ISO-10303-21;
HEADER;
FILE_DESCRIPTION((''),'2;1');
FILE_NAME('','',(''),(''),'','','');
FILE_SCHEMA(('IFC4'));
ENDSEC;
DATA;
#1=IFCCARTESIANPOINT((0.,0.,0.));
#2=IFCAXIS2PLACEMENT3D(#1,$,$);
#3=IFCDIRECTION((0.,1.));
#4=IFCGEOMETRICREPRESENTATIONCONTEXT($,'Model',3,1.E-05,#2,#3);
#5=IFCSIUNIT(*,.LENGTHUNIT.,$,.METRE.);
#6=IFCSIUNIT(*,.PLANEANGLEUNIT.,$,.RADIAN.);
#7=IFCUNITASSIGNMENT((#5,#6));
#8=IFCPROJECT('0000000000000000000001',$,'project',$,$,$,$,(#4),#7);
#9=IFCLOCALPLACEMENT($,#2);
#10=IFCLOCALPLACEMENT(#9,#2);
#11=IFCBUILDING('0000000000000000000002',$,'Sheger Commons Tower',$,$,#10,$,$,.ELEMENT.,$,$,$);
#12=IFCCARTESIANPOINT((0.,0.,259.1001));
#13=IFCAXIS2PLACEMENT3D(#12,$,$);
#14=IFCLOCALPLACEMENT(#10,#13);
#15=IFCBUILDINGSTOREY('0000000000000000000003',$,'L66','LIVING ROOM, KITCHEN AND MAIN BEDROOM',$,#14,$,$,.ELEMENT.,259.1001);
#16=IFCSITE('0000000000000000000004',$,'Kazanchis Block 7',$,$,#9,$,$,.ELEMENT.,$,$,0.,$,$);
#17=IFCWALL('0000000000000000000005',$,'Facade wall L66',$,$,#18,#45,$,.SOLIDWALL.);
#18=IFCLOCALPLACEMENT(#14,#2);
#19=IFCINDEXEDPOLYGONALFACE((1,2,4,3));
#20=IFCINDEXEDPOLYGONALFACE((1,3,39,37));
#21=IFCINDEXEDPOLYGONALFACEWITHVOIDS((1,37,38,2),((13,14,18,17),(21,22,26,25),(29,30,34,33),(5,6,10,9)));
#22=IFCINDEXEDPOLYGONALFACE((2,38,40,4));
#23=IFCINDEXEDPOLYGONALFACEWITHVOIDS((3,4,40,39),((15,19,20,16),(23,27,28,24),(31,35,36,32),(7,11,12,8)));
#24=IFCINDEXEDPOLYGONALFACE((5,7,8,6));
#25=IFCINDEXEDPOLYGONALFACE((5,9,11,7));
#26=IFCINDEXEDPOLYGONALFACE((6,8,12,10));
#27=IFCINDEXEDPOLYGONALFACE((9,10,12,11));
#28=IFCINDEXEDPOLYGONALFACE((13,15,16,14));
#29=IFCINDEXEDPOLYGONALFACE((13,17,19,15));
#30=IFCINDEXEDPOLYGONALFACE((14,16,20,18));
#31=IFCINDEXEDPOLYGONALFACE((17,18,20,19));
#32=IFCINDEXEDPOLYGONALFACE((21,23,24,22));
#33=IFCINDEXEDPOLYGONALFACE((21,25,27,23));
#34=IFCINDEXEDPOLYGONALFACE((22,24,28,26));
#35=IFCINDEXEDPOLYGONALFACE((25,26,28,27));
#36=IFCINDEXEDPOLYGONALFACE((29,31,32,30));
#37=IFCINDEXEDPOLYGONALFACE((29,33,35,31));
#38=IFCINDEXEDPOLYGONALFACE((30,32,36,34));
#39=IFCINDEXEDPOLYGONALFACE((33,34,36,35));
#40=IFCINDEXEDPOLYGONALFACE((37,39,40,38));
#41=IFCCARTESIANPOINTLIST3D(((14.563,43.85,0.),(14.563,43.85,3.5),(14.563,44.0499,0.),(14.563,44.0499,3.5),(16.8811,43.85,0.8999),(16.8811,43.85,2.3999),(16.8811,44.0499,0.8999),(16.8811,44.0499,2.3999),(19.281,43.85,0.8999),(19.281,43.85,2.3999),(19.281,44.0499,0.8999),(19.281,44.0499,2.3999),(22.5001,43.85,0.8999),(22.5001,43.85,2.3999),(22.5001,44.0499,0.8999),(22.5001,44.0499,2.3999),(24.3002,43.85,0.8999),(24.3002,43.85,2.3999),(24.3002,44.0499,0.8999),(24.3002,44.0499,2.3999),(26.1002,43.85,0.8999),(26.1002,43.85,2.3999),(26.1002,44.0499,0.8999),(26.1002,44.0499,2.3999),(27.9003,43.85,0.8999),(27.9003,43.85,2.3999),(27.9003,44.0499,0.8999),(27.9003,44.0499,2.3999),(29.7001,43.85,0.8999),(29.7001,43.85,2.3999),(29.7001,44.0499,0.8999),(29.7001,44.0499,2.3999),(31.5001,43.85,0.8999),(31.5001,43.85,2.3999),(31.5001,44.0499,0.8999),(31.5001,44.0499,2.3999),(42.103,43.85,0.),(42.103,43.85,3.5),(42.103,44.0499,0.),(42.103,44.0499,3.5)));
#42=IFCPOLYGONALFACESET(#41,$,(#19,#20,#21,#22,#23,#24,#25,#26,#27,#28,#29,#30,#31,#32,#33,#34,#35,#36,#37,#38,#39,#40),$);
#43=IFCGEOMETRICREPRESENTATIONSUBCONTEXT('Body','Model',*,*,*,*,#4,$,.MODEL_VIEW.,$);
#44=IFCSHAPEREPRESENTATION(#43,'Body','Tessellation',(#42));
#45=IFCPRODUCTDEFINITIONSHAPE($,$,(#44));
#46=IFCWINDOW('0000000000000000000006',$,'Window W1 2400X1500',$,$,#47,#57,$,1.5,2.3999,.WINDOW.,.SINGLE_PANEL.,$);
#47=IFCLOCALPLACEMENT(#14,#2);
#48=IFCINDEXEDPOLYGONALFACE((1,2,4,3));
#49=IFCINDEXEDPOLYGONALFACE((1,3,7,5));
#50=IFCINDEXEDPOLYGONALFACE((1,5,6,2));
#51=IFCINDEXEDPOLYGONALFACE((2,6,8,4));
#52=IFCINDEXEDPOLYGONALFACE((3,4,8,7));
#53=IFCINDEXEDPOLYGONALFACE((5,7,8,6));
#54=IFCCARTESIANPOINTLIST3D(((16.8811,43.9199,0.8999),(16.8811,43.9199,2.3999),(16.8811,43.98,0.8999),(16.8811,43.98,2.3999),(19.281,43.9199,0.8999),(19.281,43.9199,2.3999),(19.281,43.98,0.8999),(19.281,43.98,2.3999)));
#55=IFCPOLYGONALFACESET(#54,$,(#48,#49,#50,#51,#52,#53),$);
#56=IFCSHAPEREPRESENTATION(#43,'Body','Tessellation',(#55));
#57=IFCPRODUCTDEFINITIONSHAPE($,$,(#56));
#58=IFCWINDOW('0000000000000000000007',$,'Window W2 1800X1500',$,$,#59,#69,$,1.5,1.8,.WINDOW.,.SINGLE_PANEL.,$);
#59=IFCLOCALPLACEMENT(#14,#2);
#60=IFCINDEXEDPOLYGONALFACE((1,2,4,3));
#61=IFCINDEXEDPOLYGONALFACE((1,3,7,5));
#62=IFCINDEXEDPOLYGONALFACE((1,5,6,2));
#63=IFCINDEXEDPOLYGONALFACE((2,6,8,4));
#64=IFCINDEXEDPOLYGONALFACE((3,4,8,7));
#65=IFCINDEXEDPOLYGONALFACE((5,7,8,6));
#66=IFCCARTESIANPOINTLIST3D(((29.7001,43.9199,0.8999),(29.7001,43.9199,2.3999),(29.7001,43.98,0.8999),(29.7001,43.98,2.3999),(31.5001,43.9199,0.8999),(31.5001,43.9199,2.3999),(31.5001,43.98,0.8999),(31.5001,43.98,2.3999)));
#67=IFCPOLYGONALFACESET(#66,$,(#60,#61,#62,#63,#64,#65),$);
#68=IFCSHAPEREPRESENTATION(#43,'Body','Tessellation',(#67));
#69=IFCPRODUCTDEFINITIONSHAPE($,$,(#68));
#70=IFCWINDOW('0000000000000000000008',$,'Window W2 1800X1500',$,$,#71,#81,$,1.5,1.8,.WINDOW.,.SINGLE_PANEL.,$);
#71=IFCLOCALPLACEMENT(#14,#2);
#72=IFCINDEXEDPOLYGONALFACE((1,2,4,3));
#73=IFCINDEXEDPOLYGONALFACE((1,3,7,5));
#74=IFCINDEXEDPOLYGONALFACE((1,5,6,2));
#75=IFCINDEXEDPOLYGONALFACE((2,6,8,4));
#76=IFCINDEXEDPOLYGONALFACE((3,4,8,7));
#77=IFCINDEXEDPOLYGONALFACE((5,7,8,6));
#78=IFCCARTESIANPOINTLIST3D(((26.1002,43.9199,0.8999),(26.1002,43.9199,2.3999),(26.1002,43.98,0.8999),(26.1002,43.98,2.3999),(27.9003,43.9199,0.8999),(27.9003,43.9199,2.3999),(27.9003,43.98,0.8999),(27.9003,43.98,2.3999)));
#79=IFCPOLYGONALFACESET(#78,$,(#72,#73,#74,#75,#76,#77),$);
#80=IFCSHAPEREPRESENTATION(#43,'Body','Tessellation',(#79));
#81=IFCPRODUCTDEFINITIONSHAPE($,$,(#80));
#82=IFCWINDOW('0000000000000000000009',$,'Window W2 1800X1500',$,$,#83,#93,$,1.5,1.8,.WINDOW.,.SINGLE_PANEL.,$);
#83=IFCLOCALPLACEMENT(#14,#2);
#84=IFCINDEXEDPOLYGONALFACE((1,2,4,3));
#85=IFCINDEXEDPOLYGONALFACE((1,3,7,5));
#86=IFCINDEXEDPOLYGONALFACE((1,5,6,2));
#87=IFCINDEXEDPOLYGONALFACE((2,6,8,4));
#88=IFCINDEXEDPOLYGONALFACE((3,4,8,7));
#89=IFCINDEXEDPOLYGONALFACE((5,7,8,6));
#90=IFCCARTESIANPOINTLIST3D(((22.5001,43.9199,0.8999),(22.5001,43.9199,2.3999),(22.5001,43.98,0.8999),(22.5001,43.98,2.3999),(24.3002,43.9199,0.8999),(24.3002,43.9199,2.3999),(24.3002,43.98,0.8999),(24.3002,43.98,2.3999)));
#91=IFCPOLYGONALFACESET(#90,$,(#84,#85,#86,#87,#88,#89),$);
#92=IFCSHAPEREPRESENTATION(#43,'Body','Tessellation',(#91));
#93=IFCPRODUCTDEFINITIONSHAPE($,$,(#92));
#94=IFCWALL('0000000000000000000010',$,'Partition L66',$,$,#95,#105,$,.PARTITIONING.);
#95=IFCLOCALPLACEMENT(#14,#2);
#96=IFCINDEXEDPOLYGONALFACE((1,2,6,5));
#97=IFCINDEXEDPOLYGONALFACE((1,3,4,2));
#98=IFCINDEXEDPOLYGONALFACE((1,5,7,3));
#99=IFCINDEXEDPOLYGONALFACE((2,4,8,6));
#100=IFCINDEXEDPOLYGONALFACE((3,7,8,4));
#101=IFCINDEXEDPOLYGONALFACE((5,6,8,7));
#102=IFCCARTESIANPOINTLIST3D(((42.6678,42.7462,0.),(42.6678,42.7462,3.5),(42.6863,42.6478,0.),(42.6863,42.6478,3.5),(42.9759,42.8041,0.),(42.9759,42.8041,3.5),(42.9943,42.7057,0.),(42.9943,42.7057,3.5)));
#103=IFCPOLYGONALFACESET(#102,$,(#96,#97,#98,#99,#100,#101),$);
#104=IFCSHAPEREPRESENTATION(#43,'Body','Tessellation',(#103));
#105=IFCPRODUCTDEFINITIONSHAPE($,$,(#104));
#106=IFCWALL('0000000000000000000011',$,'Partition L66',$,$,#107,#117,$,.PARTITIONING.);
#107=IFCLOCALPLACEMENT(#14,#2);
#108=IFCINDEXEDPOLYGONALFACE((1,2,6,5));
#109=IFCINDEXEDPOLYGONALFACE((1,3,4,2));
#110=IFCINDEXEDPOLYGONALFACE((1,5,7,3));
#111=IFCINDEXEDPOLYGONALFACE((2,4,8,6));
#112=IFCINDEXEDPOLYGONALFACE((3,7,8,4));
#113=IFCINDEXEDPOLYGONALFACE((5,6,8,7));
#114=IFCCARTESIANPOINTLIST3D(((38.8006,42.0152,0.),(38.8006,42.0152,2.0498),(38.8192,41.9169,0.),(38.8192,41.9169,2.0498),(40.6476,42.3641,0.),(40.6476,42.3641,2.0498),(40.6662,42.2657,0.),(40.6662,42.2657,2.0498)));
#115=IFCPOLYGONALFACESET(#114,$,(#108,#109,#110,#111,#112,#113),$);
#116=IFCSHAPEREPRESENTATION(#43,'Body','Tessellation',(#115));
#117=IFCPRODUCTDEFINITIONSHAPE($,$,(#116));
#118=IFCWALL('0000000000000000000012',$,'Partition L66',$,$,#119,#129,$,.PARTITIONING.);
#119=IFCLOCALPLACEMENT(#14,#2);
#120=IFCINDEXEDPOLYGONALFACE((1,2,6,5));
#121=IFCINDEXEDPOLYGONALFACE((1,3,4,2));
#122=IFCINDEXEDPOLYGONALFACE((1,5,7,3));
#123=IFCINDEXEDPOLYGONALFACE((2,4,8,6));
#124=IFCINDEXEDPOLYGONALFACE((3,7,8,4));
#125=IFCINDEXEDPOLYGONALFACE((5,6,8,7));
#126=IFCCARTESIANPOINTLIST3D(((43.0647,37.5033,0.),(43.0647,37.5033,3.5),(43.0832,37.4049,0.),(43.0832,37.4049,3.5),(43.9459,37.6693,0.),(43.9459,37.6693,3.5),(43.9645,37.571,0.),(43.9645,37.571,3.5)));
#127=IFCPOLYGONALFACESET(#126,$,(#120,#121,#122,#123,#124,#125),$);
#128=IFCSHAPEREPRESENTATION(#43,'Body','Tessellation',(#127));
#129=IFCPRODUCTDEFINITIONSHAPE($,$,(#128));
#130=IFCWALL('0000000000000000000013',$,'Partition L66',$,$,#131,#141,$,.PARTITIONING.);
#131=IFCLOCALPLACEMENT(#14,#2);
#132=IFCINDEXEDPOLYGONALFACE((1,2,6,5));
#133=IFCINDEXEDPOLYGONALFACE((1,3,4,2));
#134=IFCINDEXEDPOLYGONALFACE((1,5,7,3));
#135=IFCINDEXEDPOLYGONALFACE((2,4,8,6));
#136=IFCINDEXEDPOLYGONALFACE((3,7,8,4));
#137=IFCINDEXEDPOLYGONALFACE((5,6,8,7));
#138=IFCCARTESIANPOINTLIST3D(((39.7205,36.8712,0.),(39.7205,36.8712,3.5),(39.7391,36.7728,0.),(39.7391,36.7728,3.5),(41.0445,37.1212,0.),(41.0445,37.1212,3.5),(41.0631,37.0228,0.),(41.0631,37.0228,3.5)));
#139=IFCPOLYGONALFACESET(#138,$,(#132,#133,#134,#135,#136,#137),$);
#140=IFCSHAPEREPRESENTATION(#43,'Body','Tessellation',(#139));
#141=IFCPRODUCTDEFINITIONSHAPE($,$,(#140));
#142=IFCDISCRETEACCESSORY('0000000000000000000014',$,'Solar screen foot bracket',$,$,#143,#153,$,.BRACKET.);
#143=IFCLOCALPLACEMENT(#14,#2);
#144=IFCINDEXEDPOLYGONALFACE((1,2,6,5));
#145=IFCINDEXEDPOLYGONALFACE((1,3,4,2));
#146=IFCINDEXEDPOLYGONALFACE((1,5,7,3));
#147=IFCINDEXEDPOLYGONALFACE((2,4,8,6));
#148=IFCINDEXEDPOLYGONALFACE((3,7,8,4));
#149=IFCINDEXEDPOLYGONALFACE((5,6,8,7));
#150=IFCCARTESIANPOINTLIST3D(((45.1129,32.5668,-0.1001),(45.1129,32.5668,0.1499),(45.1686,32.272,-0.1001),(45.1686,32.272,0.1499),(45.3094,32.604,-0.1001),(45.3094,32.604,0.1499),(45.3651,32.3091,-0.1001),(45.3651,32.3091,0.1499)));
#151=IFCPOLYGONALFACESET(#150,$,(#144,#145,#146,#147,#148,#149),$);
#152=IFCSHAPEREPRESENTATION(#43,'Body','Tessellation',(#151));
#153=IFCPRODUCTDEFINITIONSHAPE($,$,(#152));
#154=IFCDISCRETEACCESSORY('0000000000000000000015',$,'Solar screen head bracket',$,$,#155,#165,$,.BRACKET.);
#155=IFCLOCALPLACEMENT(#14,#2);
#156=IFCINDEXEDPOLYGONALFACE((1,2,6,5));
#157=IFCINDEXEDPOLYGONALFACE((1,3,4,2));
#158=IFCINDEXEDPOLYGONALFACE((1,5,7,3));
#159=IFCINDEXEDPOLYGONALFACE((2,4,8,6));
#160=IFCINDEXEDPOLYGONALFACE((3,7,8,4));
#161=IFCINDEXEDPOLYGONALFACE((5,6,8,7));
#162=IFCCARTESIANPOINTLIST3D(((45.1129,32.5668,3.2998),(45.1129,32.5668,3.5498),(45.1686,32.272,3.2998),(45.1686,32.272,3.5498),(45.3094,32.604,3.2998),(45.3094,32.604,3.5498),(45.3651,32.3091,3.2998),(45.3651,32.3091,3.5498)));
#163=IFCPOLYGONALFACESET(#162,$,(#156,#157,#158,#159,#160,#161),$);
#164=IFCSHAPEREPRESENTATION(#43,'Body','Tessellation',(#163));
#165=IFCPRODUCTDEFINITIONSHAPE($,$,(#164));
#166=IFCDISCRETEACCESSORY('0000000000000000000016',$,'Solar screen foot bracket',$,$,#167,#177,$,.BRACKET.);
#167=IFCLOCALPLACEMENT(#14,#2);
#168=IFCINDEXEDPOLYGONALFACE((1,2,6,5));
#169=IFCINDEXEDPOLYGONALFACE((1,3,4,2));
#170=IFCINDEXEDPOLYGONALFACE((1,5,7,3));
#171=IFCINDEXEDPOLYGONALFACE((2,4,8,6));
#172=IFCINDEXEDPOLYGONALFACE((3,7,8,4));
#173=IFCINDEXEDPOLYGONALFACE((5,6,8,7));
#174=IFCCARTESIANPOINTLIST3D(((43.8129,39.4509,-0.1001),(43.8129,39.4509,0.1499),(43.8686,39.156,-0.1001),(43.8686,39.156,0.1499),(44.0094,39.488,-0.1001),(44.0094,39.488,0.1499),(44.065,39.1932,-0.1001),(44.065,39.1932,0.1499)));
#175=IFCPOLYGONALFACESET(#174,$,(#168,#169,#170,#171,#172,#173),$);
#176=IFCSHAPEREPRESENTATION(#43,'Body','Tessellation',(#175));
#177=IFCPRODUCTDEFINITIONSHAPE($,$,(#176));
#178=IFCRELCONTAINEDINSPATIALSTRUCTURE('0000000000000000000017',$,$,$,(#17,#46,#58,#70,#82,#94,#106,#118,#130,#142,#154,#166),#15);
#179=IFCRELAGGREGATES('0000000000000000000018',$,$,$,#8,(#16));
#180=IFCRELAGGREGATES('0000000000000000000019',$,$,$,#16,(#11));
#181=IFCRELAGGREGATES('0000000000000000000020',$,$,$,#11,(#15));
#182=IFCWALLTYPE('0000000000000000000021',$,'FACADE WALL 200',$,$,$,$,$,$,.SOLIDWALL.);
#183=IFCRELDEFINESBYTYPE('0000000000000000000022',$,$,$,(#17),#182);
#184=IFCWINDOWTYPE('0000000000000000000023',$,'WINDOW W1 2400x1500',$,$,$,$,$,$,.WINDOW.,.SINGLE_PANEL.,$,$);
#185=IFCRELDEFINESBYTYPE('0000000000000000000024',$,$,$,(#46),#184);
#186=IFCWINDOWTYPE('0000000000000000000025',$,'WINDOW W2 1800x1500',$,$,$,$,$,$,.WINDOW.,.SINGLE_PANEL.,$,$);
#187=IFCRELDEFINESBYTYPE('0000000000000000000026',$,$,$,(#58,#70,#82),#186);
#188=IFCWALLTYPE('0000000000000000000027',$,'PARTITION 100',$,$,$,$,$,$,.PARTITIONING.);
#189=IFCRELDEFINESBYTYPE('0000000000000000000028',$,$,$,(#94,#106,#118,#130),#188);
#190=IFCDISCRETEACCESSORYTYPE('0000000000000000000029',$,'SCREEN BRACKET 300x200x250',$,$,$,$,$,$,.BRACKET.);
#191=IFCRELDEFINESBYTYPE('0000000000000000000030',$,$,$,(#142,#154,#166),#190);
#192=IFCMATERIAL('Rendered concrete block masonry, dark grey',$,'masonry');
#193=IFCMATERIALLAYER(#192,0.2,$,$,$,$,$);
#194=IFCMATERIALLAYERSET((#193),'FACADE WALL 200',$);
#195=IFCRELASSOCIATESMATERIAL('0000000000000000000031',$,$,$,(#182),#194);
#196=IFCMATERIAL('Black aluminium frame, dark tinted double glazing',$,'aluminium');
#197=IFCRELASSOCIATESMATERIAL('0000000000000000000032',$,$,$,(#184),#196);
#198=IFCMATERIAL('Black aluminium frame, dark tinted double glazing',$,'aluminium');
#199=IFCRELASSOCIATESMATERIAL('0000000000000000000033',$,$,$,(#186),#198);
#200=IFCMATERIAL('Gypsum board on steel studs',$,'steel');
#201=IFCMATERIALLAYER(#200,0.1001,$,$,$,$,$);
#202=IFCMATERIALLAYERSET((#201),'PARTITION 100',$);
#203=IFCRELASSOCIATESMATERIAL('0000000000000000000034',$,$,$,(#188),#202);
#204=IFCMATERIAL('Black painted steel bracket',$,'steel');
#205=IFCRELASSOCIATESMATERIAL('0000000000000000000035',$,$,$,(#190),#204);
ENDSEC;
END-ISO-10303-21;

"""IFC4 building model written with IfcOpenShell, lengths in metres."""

from ifc_helpers import new_model, si_unit, direction, frame, frame_2d, origin, origin_2d, place, context, subcontext, project, spatial, rectangle, extrude, material, layer, layer_set, type_object, element, fill, save


model = new_model("IFC4")

# Units and contexts
model_context = context("Model", 3, precision=1e-05, world=origin(), true_north=direction((0.0, 1.0)))
body_context = subcontext(model_context, "Body", "Model", "MODEL_VIEW")
ifc_project = project(units=[si_unit("LENGTHUNIT", "METRE"), si_unit("PLANEANGLEUNIT", "RADIAN")], contexts=[model_context])

# Site, building, storey
site_placement = place(None, origin())
site = spatial("IfcSite", under=ifc_project, at=site_placement, Name="Kazanchis Block 7", CompositionType="ELEMENT", RefElevation=0.0)
building_placement = place(site_placement, origin())
building = spatial("IfcBuilding", under=site, at=building_placement, Name="Sheger Commons Tower", CompositionType="ELEMENT")
storey_placement = place(building_placement, frame((0.0, 0.0, 259.1001)))
storey = spatial("IfcBuildingStorey", under=building, at=storey_placement, Name="L66", Description="LIVING ROOM, KITCHEN AND MAIN BEDROOM", CompositionType="ELEMENT", Elevation=259.1001)

# Shared definitions
ifc_material_1 = material(Name="Rendered concrete block masonry, dark grey", Category="masonry")
ifc_layer_1 = layer(ifc_material_1, 0.2)
ifc_layer_set_1 = layer_set([ifc_layer_1], Name="FACADE WALL 200")
wall_type_1 = type_object("IfcWallType", Name="FACADE WALL 200", PredefinedType="SOLIDWALL", material=ifc_layer_set_1)

# Wall, openings, windows
wall_1_placement = place(storey_placement, frame((42.103, 43.95, 0.0), z_axis=(0.0, 0.0, 1.0), x_axis=(-1.0, 0.0, 0.0)))
wall_1 = element("IfcWall", 1, at=wall_1_placement, inside=storey, type_object=wall_type_1, Name="Facade wall L66", PredefinedType="SOLIDWALL", context=body_context, shape_type="SweptSolid", body=[
    extrude(rectangle(XDim=27.54, YDim=0.2, at=frame_2d((13.77, 0.0))), origin(), (0.0, 0.0, 1.0), 3.5),
])
opening_1_placement = place(wall_1_placement, frame((10.603, 0.0, 0.8999)))
opening_1 = element("IfcOpeningElement", 2, at=opening_1_placement, cuts=wall_1, PredefinedType="OPENING", context=body_context, shape_type="SweptSolid", body=[
    extrude(rectangle(XDim=1.8, YDim=1.5, at=frame_2d((0.8999, 0.75))), frame((0.0, 0.1099, 0.0), z_axis=(0.0, -1.0, 0.0), x_axis=(1.0, 0.0, 0.0)), (0.0, 0.0, 1.0), 0.22),
])
opening_2_placement = place(wall_1_placement, frame((14.2029, 0.0, 0.8999)))
opening_2 = element("IfcOpeningElement", 3, at=opening_2_placement, cuts=wall_1, PredefinedType="OPENING", context=body_context, shape_type="SweptSolid", body=[
    extrude(rectangle(XDim=1.8, YDim=1.5, at=frame_2d((0.8999, 0.75))), frame((0.0, 0.1099, 0.0), z_axis=(0.0, -1.0, 0.0), x_axis=(1.0, 0.0, 0.0)), (0.0, 0.0, 1.0), 0.22),
])
opening_3_placement = place(wall_1_placement, frame((17.803, 0.0, 0.8999)))
opening_3 = element("IfcOpeningElement", 4, at=opening_3_placement, cuts=wall_1, PredefinedType="OPENING", context=body_context, shape_type="SweptSolid", body=[
    extrude(rectangle(XDim=1.8, YDim=1.5, at=frame_2d((0.8999, 0.75))), frame((0.0, 0.1099, 0.0), z_axis=(0.0, -1.0, 0.0), x_axis=(1.0, 0.0, 0.0)), (0.0, 0.0, 1.0), 0.22),
])
opening_4_placement = place(wall_1_placement, frame((22.822, 0.0, 0.8999)))
opening_4 = element("IfcOpeningElement", 5, at=opening_4_placement, cuts=wall_1, PredefinedType="OPENING", context=body_context, shape_type="SweptSolid", body=[
    extrude(rectangle(XDim=2.3999, YDim=1.5, at=frame_2d((1.2, 0.75))), frame((0.0, 0.1099, 0.0), z_axis=(0.0, -1.0, 0.0), x_axis=(1.0, 0.0, 0.0)), (0.0, 0.0, 1.0), 0.22),
])
ifc_material_2 = material(Name="Black aluminium frame, dark tinted double glazing", Category="aluminium")
window_type_1 = type_object("IfcWindowType", Name="WINDOW W1 2400x1500", PartitioningType="SINGLE_PANEL", PredefinedType="WINDOW", material=ifc_material_2)
window_1_placement = place(opening_4_placement, origin())
window_1 = element("IfcWindow", 6, at=window_1_placement, inside=storey, type_object=window_type_1, Name="Window W1 2400X1500", OverallHeight=1.5, OverallWidth=2.3999, PartitioningType="SINGLE_PANEL", PredefinedType="WINDOW", context=body_context, shape_type="SweptSolid", body=[
    extrude(rectangle(XDim=2.3999, YDim=1.5, at=frame_2d((1.2, 0.75))), frame((0.0, 0.03, 0.0), z_axis=(0.0, -1.0, 0.0), x_axis=(1.0, 0.0, 0.0)), (0.0, 0.0, 1.0), 0.0601),
])
fill(opening_4, window_1)
ifc_material_3 = material(Name="Black aluminium frame, dark tinted double glazing", Category="aluminium")
window_type_2 = type_object("IfcWindowType", Name="WINDOW W2 1800x1500", PartitioningType="SINGLE_PANEL", PredefinedType="WINDOW", material=ifc_material_3)
window_2_placement = place(opening_1_placement, origin())
window_2 = element("IfcWindow", 7, at=window_2_placement, inside=storey, type_object=window_type_2, Name="Window W2 1800X1500", OverallHeight=1.5, OverallWidth=1.8, PartitioningType="SINGLE_PANEL", PredefinedType="WINDOW", context=body_context, shape_type="SweptSolid", body=[
    extrude(rectangle(XDim=1.8, YDim=1.5, at=frame_2d((0.8999, 0.75))), frame((0.0, 0.03, 0.0), z_axis=(0.0, -1.0, 0.0), x_axis=(1.0, 0.0, 0.0)), (0.0, 0.0, 1.0), 0.0601),
])
fill(opening_1, window_2)
window_3_placement = place(opening_2_placement, origin())
window_3 = element("IfcWindow", 8, at=window_3_placement, inside=storey, type_object=window_type_2, Name="Window W2 1800X1500", OverallHeight=1.5, OverallWidth=1.8, PartitioningType="SINGLE_PANEL", PredefinedType="WINDOW", context=body_context, shape_type="SweptSolid", body=[
    extrude(rectangle(XDim=1.8, YDim=1.5, at=frame_2d((0.8999, 0.75))), frame((0.0, 0.03, 0.0), z_axis=(0.0, -1.0, 0.0), x_axis=(1.0, 0.0, 0.0)), (0.0, 0.0, 1.0), 0.0601),
])
fill(opening_2, window_3)
window_4_placement = place(opening_3_placement, origin())
window_4 = element("IfcWindow", 9, at=window_4_placement, inside=storey, type_object=window_type_2, Name="Window W2 1800X1500", OverallHeight=1.5, OverallWidth=1.8, PartitioningType="SINGLE_PANEL", PredefinedType="WINDOW", context=body_context, shape_type="SweptSolid", body=[
    extrude(rectangle(XDim=1.8, YDim=1.5, at=frame_2d((0.8999, 0.75))), frame((0.0, 0.03, 0.0), z_axis=(0.0, -1.0, 0.0), x_axis=(1.0, 0.0, 0.0)), (0.0, 0.0, 1.0), 0.0601),
])
fill(opening_3, window_4)

# Walls
ifc_material_4 = material(Name="Gypsum board on steel studs", Category="steel")
ifc_layer_2 = layer(ifc_material_4, 0.1001)
ifc_layer_set_2 = layer_set([ifc_layer_2], Name="PARTITION 100")
wall_type_2 = type_object("IfcWallType", Name="PARTITION 100", PredefinedType="PARTITIONING", material=ifc_layer_set_2)
wall_2_placement = place(storey_placement, frame((42.9851, 42.7549, 0.0), z_axis=(0.0, 0.0, 1.0), x_axis=(-0.982819, -0.184571, 0.0)))
element("IfcWall", 10, at=wall_2_placement, inside=storey, type_object=wall_type_2, Name="Partition L66", PredefinedType="PARTITIONING", context=body_context, shape_type="SweptSolid", body=[
    extrude(rectangle(XDim=0.3135, YDim=0.1001, at=frame_2d((0.1567, 0.0))), origin(), (0.0, 0.0, 1.0), 3.5),
])
wall_3_placement = place(storey_placement, frame((40.657, 42.3149, 0.0), z_axis=(0.0, 0.0, 1.0), x_axis=(-0.982623, -0.185614, 0.0)))
element("IfcWall", 11, at=wall_3_placement, inside=storey, type_object=wall_type_2, Name="Partition L66", PredefinedType="PARTITIONING", context=body_context, shape_type="SweptSolid", body=[
    extrude(rectangle(XDim=1.8796, YDim=0.1001, at=frame_2d((0.9399, 0.0))), origin(), (0.0, 0.0, 1.0), 2.0498),
])
wall_4_placement = place(storey_placement, frame((43.9551, 37.6201, 0.0), z_axis=(0.0, 0.0, 1.0), x_axis=(-0.982708, -0.18516, 0.0)))
element("IfcWall", 12, at=wall_4_placement, inside=storey, type_object=wall_type_2, Name="Partition L66", PredefinedType="PARTITIONING", context=body_context, shape_type="SweptSolid", body=[
    extrude(rectangle(XDim=0.8967, YDim=0.1001, at=frame_2d((0.4482, 0.0))), origin(), (0.0, 0.0, 1.0), 3.5),
])
wall_5_placement = place(storey_placement, frame((41.054, 37.072, 0.0), z_axis=(0.0, 0.0, 1.0), x_axis=(-0.982635, -0.185547, 0.0)))
element("IfcWall", 13, at=wall_5_placement, inside=storey, type_object=wall_type_2, Name="Partition L66", PredefinedType="PARTITIONING", context=body_context, shape_type="SweptSolid", body=[
    extrude(rectangle(XDim=1.3474, YDim=0.1001, at=frame_2d((0.6738, 0.0))), origin(), (0.0, 0.0, 1.0), 3.5),
])

# Discrete accessories
ifc_material_5 = material(Name="Black painted steel bracket", Category="steel")
discrete_accessory_type = type_object("IfcDiscreteAccessoryType", Name="SCREEN BRACKET 300x200x250", PredefinedType="BRACKET", material=ifc_material_5)
for number, where, z_axis, x_axis, name in (
    (14, (45.239, 32.438, -0.1001), (0.0, 0.0, 1.0), (-0.185615, 0.982623, 0.0), "Solar screen foot bracket"),
    (15, (45.239, 32.438, 3.2998), (0.0, 0.0, 1.0), (-0.185615, 0.982623, 0.0), "Solar screen head bracket"),
    (16, (43.939, 39.322, -0.1001), (0.0, 0.0, 1.0), (-0.185615, 0.982623, 0.0), "Solar screen foot bracket"),
):
    element("IfcDiscreteAccessory", number, at=place(storey_placement, frame(where, z_axis=z_axis, x_axis=x_axis)), inside=storey, type_object=discrete_accessory_type, Name=name, PredefinedType="BRACKET", context=body_context, shape_type="SweptSolid", body=[
        extrude(rectangle(XDim=0.3, YDim=0.2, at=origin_2d()), origin(), (0.0, 0.0, 1.0), 0.25),
    ])

save(model, "model.ifc")
